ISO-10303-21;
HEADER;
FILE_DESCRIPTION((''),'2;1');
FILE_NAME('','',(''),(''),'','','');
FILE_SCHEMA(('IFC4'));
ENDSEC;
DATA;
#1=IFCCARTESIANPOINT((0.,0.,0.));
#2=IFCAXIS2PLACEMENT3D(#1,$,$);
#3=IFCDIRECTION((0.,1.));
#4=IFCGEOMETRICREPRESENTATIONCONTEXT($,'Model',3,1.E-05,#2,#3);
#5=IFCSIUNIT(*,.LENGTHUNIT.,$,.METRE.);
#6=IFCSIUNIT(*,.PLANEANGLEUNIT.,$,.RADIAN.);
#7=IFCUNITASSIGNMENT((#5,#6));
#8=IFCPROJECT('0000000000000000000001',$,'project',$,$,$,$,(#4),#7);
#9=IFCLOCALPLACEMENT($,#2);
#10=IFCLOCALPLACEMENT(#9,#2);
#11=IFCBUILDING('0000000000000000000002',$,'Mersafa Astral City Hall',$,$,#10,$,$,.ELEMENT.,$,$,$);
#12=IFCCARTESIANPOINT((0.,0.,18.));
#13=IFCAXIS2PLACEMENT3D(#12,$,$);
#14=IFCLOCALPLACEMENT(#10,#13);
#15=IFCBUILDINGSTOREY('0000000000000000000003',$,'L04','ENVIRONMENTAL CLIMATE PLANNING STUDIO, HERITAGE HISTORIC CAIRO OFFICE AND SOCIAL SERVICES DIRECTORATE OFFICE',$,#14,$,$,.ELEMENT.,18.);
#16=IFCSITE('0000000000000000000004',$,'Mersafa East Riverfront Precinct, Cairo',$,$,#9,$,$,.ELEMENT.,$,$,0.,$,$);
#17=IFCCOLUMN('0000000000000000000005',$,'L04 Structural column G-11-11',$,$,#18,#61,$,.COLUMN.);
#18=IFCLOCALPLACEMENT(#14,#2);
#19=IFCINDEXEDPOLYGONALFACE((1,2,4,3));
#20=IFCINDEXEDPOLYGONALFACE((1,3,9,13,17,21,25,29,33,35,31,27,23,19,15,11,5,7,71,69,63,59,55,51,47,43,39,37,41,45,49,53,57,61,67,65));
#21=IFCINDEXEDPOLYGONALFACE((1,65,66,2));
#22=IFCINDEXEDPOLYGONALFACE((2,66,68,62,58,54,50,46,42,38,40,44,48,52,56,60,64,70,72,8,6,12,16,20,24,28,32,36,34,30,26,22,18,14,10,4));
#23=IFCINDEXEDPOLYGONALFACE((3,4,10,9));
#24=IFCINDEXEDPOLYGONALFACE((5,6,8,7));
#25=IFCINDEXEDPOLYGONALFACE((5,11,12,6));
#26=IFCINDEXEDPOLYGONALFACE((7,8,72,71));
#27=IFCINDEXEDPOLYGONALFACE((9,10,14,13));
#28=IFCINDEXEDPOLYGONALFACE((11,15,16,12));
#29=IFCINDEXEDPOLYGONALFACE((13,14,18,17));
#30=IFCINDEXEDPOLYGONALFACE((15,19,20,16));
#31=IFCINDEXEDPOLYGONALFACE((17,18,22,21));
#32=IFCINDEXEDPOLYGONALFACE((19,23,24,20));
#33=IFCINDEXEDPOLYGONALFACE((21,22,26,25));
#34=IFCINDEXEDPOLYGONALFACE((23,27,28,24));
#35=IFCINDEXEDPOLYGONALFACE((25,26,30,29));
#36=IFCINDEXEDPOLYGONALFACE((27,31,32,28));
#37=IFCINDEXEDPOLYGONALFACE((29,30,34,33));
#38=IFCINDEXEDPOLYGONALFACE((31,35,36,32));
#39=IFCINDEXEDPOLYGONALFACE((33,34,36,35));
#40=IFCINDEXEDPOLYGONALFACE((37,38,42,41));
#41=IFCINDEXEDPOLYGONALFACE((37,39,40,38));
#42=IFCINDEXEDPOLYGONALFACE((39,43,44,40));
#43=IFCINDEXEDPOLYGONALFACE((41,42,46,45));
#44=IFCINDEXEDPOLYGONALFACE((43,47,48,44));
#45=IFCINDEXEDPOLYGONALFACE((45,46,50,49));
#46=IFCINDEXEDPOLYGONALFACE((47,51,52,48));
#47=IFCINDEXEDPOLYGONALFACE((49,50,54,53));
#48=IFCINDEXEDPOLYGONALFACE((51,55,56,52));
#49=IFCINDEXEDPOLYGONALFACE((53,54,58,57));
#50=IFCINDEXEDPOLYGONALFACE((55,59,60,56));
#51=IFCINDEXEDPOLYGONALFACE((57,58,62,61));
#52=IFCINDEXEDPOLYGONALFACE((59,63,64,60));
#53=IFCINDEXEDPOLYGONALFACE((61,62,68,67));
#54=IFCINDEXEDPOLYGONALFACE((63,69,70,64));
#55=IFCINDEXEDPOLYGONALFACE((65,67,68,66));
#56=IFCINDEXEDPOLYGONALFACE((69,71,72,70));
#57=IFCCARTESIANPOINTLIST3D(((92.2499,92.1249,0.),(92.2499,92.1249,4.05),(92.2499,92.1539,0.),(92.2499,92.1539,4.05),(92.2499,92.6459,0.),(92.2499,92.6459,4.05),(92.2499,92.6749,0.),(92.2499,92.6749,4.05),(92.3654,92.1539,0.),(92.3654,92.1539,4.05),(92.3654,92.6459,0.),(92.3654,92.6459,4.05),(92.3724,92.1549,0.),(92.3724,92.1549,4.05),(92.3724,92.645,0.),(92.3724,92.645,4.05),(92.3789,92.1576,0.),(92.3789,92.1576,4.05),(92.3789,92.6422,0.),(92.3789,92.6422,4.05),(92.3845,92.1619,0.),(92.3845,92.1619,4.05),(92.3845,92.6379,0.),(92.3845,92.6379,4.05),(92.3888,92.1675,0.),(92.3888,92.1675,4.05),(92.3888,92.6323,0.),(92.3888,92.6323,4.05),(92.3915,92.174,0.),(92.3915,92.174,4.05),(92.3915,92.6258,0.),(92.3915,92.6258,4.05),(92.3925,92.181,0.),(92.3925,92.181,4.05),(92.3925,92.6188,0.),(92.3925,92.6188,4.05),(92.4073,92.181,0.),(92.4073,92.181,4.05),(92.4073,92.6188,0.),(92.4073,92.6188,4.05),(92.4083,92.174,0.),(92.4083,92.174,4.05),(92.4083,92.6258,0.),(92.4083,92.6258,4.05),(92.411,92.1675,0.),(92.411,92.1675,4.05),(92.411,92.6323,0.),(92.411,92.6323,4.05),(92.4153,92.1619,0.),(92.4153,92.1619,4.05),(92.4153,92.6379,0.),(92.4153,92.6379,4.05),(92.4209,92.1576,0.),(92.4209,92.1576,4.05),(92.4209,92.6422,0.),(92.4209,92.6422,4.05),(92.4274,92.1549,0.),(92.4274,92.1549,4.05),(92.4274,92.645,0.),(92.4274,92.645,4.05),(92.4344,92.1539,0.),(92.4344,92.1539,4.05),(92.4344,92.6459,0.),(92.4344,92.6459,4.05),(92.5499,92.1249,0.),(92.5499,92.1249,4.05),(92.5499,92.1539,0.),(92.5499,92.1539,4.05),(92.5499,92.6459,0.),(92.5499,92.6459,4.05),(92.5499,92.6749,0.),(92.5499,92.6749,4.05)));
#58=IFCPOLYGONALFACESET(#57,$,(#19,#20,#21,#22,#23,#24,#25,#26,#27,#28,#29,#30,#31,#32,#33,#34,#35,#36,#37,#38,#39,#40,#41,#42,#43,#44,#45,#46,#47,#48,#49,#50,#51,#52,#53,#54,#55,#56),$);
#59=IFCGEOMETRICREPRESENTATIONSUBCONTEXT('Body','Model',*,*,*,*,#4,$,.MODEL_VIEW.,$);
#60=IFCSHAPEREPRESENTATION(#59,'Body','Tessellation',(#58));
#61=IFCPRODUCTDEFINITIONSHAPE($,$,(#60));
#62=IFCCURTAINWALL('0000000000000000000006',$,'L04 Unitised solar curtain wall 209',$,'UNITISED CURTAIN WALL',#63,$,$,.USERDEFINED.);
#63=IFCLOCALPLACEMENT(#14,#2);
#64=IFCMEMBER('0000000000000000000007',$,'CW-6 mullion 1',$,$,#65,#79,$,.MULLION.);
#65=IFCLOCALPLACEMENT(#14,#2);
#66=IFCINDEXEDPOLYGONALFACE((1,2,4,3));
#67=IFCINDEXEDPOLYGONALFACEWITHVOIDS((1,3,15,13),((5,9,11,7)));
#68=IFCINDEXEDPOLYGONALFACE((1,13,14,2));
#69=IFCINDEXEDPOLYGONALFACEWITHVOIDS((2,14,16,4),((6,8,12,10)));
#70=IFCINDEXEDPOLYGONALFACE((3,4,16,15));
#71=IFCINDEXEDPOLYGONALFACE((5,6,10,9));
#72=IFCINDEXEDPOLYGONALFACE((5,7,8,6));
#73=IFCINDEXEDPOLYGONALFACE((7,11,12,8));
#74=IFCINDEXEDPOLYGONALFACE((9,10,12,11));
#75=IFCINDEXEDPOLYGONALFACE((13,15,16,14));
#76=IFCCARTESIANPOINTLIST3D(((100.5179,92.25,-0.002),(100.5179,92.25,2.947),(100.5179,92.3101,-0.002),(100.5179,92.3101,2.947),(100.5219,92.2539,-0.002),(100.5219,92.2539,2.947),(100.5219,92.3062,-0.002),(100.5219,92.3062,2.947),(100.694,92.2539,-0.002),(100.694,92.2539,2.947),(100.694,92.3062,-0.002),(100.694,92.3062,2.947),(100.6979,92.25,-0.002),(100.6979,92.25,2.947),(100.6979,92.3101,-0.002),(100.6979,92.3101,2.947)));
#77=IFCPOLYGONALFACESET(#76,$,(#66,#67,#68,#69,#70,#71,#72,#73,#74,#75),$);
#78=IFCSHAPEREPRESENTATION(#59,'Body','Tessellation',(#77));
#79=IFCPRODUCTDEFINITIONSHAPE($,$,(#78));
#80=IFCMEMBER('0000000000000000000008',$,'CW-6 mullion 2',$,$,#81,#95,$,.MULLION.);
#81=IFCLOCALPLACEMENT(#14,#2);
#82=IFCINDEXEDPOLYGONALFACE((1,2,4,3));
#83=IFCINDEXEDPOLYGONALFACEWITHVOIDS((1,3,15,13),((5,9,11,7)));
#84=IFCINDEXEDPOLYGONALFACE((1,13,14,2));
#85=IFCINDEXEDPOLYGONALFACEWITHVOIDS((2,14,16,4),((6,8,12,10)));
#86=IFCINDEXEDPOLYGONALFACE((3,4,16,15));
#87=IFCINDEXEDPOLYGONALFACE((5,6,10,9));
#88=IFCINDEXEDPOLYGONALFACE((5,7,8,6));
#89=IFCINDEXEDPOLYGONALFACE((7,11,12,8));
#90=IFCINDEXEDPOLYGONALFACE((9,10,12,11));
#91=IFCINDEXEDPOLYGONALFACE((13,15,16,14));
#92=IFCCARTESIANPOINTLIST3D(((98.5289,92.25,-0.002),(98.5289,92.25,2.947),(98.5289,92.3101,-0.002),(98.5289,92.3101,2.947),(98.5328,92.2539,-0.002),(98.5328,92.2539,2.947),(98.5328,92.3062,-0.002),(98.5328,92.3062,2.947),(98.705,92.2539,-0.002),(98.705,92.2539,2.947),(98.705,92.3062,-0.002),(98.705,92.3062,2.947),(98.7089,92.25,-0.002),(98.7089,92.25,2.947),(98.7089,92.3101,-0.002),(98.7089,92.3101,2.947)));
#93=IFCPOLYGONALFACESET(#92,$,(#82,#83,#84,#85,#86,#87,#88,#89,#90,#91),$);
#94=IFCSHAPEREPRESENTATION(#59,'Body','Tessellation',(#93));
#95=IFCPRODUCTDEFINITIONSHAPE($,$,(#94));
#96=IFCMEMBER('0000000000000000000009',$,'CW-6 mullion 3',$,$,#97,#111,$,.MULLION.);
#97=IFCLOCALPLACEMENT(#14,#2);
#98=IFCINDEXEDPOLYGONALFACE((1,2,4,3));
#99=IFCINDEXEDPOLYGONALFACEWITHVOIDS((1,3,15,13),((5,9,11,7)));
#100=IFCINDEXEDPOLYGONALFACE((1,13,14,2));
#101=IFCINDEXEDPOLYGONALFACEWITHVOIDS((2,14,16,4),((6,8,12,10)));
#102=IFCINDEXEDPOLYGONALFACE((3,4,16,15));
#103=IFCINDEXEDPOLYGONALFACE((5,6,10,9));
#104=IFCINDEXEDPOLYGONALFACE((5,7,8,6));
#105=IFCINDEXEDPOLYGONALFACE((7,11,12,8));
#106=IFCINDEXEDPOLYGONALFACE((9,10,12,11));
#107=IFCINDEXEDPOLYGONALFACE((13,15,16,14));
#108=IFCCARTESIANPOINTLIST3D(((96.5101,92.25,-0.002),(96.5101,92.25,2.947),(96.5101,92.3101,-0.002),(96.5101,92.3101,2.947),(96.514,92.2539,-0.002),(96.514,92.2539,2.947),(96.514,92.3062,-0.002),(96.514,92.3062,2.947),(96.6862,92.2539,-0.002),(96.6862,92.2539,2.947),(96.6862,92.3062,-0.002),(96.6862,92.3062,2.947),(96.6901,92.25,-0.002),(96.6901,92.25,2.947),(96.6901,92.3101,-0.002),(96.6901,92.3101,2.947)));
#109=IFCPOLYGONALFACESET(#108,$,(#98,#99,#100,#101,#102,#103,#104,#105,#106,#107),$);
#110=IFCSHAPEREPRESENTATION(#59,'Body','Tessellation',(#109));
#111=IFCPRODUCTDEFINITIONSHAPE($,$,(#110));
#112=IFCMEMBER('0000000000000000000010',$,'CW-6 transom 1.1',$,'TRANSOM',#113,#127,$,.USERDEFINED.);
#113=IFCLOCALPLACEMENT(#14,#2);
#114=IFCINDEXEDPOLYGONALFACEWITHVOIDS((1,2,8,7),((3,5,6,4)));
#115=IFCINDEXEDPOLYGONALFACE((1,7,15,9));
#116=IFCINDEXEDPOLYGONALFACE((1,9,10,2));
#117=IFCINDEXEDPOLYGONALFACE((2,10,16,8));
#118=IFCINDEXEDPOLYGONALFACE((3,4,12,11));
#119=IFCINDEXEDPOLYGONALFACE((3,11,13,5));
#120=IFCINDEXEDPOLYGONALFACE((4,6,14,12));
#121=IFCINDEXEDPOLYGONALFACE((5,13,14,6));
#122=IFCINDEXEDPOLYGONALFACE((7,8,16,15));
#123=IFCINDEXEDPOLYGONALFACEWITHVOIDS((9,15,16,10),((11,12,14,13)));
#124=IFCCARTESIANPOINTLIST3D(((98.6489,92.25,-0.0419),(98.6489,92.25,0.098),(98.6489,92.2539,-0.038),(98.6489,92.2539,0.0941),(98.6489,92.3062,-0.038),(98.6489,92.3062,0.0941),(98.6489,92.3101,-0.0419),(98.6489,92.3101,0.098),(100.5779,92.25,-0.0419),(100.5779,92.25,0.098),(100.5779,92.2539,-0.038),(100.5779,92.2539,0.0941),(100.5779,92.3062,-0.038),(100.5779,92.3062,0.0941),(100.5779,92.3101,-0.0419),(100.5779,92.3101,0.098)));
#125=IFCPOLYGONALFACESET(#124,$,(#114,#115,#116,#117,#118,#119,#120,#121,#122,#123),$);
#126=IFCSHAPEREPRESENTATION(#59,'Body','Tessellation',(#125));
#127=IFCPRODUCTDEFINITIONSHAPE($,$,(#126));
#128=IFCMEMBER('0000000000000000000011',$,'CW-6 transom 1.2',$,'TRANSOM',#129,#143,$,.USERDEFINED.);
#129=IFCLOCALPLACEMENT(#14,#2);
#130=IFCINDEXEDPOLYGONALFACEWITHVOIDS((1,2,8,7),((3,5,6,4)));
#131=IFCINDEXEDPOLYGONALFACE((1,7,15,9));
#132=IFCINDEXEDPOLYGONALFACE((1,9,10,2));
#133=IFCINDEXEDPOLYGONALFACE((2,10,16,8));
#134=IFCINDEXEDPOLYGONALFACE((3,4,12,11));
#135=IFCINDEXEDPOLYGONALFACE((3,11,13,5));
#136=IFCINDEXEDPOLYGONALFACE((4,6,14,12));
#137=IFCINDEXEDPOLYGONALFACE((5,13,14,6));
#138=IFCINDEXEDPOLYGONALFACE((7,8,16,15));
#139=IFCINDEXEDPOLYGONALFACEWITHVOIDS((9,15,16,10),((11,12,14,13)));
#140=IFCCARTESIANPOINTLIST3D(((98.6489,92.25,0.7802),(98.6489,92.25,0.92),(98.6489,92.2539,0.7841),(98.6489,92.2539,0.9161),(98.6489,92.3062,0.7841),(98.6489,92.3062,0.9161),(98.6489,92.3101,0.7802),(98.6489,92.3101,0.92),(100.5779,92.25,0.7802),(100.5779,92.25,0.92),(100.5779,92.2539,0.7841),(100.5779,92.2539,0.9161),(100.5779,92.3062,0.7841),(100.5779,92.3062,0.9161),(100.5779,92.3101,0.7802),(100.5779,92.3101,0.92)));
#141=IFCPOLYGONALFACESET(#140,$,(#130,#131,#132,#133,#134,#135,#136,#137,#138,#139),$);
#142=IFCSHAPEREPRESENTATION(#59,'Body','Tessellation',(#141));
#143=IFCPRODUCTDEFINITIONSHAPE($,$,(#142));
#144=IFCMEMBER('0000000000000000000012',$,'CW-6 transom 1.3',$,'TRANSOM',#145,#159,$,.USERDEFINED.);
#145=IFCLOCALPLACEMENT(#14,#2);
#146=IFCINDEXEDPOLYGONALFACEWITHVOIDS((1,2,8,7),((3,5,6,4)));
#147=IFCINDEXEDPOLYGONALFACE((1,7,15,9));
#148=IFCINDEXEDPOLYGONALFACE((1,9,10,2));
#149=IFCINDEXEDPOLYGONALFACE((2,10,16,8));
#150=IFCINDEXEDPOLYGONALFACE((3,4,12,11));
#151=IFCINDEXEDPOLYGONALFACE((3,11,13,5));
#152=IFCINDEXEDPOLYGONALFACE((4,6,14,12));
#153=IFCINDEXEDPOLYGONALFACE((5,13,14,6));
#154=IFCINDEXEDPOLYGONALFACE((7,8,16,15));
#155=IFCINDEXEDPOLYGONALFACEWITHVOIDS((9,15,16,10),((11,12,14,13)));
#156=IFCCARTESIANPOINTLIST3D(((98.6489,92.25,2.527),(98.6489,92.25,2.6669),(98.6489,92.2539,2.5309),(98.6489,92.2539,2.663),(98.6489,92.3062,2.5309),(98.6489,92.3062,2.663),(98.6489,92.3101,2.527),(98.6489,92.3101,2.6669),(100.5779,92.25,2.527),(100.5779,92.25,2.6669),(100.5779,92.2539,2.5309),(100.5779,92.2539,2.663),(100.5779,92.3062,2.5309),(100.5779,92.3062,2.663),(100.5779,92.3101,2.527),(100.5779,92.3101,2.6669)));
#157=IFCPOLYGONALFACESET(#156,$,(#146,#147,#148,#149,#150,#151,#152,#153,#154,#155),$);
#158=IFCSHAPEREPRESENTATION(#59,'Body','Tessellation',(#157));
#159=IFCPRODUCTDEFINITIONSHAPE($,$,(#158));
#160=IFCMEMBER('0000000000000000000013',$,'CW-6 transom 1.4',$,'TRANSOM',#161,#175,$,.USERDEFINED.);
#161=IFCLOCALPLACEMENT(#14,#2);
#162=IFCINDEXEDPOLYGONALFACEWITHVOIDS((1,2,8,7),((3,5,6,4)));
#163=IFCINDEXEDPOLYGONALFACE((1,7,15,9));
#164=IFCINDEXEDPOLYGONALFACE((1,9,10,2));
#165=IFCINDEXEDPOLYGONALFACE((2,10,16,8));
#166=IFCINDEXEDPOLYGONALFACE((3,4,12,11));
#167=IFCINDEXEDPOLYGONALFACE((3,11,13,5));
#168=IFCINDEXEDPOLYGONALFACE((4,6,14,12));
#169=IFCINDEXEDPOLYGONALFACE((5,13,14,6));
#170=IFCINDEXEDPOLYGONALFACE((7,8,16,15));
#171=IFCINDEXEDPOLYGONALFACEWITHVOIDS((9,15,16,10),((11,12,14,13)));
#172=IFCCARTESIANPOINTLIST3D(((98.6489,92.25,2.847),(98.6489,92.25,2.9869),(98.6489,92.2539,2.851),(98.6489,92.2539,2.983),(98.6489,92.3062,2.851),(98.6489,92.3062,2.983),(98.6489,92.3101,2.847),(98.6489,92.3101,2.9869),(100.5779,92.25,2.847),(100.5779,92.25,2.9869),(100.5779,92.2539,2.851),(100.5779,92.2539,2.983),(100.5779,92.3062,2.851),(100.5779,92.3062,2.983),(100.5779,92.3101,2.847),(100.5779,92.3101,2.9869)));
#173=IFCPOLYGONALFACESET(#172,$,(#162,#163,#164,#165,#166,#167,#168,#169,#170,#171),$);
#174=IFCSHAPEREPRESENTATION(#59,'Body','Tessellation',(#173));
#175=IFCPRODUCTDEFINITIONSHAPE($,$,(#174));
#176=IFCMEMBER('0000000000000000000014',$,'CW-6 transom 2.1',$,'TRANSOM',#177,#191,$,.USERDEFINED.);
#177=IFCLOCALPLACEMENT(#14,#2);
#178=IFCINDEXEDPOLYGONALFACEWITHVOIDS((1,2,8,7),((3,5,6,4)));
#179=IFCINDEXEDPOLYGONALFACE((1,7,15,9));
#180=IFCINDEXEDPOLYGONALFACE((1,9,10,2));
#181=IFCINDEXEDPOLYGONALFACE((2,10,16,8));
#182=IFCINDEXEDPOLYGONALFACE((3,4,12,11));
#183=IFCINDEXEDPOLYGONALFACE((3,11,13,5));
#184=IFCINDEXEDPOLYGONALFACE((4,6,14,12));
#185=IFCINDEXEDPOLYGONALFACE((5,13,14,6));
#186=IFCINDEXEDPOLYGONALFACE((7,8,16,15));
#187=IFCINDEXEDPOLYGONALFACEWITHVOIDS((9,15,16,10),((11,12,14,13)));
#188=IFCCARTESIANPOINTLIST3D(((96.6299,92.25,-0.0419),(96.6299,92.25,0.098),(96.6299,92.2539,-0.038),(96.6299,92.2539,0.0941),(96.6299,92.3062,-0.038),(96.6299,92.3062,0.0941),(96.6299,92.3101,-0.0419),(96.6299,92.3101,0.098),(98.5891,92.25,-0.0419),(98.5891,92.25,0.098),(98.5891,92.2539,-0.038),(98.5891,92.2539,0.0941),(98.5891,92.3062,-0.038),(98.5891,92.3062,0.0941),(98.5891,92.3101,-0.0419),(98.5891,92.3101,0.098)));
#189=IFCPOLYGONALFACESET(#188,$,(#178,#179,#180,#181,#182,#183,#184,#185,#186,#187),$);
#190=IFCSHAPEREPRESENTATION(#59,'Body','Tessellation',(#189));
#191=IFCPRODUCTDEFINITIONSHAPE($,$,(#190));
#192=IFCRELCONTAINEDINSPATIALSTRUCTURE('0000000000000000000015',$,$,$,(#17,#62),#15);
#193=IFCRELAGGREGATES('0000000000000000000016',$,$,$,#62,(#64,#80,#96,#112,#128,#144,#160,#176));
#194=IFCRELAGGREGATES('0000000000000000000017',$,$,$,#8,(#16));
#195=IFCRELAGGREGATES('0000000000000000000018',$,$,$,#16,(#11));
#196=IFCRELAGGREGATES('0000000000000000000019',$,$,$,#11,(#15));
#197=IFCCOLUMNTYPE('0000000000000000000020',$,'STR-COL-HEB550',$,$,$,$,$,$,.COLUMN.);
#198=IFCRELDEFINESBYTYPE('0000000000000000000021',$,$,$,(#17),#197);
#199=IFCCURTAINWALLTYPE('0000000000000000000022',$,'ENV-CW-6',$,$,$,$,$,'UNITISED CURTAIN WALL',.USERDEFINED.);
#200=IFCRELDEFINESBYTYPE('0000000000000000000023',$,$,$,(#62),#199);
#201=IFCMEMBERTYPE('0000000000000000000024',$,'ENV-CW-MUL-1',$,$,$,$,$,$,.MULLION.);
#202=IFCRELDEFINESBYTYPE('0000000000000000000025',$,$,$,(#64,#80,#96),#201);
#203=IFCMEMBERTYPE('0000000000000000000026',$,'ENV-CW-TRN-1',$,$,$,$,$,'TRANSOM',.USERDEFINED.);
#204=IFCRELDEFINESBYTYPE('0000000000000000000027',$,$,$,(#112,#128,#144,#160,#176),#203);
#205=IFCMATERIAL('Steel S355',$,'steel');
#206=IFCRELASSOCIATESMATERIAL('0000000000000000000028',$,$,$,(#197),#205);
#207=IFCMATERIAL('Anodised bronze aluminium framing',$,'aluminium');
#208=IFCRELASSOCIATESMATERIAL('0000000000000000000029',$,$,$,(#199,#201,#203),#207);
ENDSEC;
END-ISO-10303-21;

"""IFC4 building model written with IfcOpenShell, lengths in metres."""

from ifc_helpers import new_model, si_unit, direction, frame, origin, origin_2d, place, context, subcontext, project, spatial, hollow_rectangle, i_section, extrude, material, material_profile, profile_set, type_object, element, aggregate, save


model = new_model("IFC4")

# Units and contexts
model_context = context("Model", 3, precision=1e-05, world=origin(), true_north=direction((0.0, 1.0)))
body_context = subcontext(model_context, "Body", "Model", "MODEL_VIEW")
ifc_project = project(units=[si_unit("LENGTHUNIT", "METRE"), si_unit("PLANEANGLEUNIT", "RADIAN")], contexts=[model_context])

# Site, building, storey
site_placement = place(None, origin())
site = spatial("IfcSite", under=ifc_project, at=site_placement, Name="Mersafa East Riverfront Precinct, Cairo", CompositionType="ELEMENT", RefElevation=0.0)
building_placement = place(site_placement, origin())
building = spatial("IfcBuilding", under=site, at=building_placement, Name="Mersafa Astral City Hall", CompositionType="ELEMENT")
storey_placement = place(building_placement, frame((0.0, 0.0, 18.0)))
storey = spatial("IfcBuildingStorey", under=building, at=storey_placement, Name="L04", Description="ENVIRONMENTAL CLIMATE PLANNING STUDIO, HERITAGE HISTORIC CAIRO OFFICE AND SOCIAL SERVICES DIRECTORATE OFFICE", CompositionType="ELEMENT", Elevation=18.0)

# Column
ifc_material_1 = material(Name="Steel S355", Category="steel")
ifc_material_profile_1 = material_profile(ifc_material_1, i_section(OverallWidth=0.3, OverallDepth=0.55, WebThickness=0.0149, FlangeThickness=0.0291, FilletRadius=0.0271, at=origin_2d()), Name="HEB 550")
ifc_profile_set_1 = profile_set([ifc_material_profile_1], Name="Steel S355")
column_type = type_object("IfcColumnType", Name="STR-COL-HEB550", PredefinedType="COLUMN", material=ifc_profile_set_1)
column_placement = place(storey_placement, frame((92.3999, 92.3999, 0.0), z_axis=(0.0, 0.0, 1.0), x_axis=(1.0, 0.0, 0.0)))
element("IfcColumn", 1, at=column_placement, inside=storey, type_object=column_type, Name="L04 Structural column G-11-11", PredefinedType="COLUMN", context=body_context, shape_type="SweptSolid", body=[
    extrude(i_section(OverallWidth=0.3, OverallDepth=0.55, WebThickness=0.0149, FlangeThickness=0.0291, FilletRadius=0.0271, at=origin_2d()), origin(), (0.0, 0.0, 1.0), 4.05),
])

# Curtain wall, members
ifc_material_2 = material(Name="Anodised bronze aluminium framing", Category="aluminium")
curtain_wall_type = type_object("IfcCurtainWallType", Name="ENV-CW-6", ElementType="UNITISED CURTAIN WALL", PredefinedType="USERDEFINED", material=ifc_material_2)
curtain_wall_placement = place(storey_placement, origin())
curtain_wall = element("IfcCurtainWall", 2, at=curtain_wall_placement, inside=storey, type_object=curtain_wall_type, Name="L04 Unitised solar curtain wall 209", ObjectType="UNITISED CURTAIN WALL", PredefinedType="USERDEFINED")
ifc_material_profile_2 = material_profile(ifc_material_2, hollow_rectangle(XDim=0.0601, YDim=0.1799, WallThickness=0.0039, at=origin_2d()), Name="RHS 60x180x4")
ifc_profile_set_2 = profile_set([ifc_material_profile_2], Name="Anodised bronze aluminium framing")
member_type_1 = type_object("IfcMemberType", Name="ENV-CW-MUL-1", PredefinedType="MULLION", material=ifc_profile_set_2)
member_1_placement = place(storey_placement, frame((100.6079, 92.28, -0.002), z_axis=(0.0, 0.0, 1.0), x_axis=(0.0, -1.0, 0.0)))
member_1 = element("IfcMember", 3, at=member_1_placement, type_object=member_type_1, Name="CW-6 mullion 1", PredefinedType="MULLION", context=body_context, shape_type="SweptSolid", body=[
    extrude(hollow_rectangle(XDim=0.0601, YDim=0.1799, WallThickness=0.0039, at=origin_2d()), origin(), (0.0, 0.0, 1.0), 2.949),
])
member_2_placement = place(storey_placement, frame((98.6189, 92.28, -0.002), z_axis=(0.0, 0.0, 1.0), x_axis=(0.0, -1.0, 0.0)))
member_2 = element("IfcMember", 4, at=member_2_placement, type_object=member_type_1, Name="CW-6 mullion 2", PredefinedType="MULLION", context=body_context, shape_type="SweptSolid", body=[
    extrude(hollow_rectangle(XDim=0.0601, YDim=0.1799, WallThickness=0.0039, at=origin_2d()), origin(), (0.0, 0.0, 1.0), 2.949),
])
member_3_placement = place(storey_placement, frame((96.6001, 92.28, -0.002), z_axis=(0.0, 0.0, 1.0), x_axis=(0.0, -1.0, 0.0)))
member_3 = element("IfcMember", 5, at=member_3_placement, type_object=member_type_1, Name="CW-6 mullion 3", PredefinedType="MULLION", context=body_context, shape_type="SweptSolid", body=[
    extrude(hollow_rectangle(XDim=0.0601, YDim=0.1799, WallThickness=0.0039, at=origin_2d()), origin(), (0.0, 0.0, 1.0), 2.949),
])
ifc_material_profile_3 = material_profile(ifc_material_2, hollow_rectangle(XDim=0.0601, YDim=0.1399, WallThickness=0.0039, at=origin_2d()), Name="RHS 60x140x4")
ifc_profile_set_3 = profile_set([ifc_material_profile_3], Name="Anodised bronze aluminium framing")
member_type_2 = type_object("IfcMemberType", Name="ENV-CW-TRN-1", ElementType="TRANSOM", PredefinedType="USERDEFINED", material=ifc_profile_set_3)
member_4_placement = place(storey_placement, frame((100.5779, 92.28, 0.0281), z_axis=(-1.0, 0.0, 0.0), x_axis=(0.0, -1.0, 0.0)))
member_4 = element("IfcMember", 6, at=member_4_placement, type_object=member_type_2, Name="CW-6 transom 1.1", ObjectType="TRANSOM", PredefinedType="USERDEFINED", context=body_context, shape_type="SweptSolid", body=[
    extrude(hollow_rectangle(XDim=0.0601, YDim=0.1399, WallThickness=0.0039, at=origin_2d()), origin(), (0.0, 0.0, 1.0), 1.929),
])
member_5_placement = place(storey_placement, frame((100.5779, 92.28, 0.8501), z_axis=(-1.0, 0.0, 0.0), x_axis=(0.0, -1.0, 0.0)))
member_5 = element("IfcMember", 7, at=member_5_placement, type_object=member_type_2, Name="CW-6 transom 1.2", ObjectType="TRANSOM", PredefinedType="USERDEFINED", context=body_context, shape_type="SweptSolid", body=[
    extrude(hollow_rectangle(XDim=0.0601, YDim=0.1399, WallThickness=0.0039, at=origin_2d()), origin(), (0.0, 0.0, 1.0), 1.929),
])
member_6_placement = place(storey_placement, frame((100.5779, 92.28, 2.5969), z_axis=(-1.0, 0.0, 0.0), x_axis=(0.0, -1.0, 0.0)))
member_6 = element("IfcMember", 8, at=member_6_placement, type_object=member_type_2, Name="CW-6 transom 1.3", ObjectType="TRANSOM", PredefinedType="USERDEFINED", context=body_context, shape_type="SweptSolid", body=[
    extrude(hollow_rectangle(XDim=0.0601, YDim=0.1399, WallThickness=0.0039, at=origin_2d()), origin(), (0.0, 0.0, 1.0), 1.929),
])
member_7_placement = place(storey_placement, frame((100.5779, 92.28, 2.917), z_axis=(-1.0, 0.0, 0.0), x_axis=(0.0, -1.0, 0.0)))
member_7 = element("IfcMember", 9, at=member_7_placement, type_object=member_type_2, Name="CW-6 transom 1.4", ObjectType="TRANSOM", PredefinedType="USERDEFINED", context=body_context, shape_type="SweptSolid", body=[
    extrude(hollow_rectangle(XDim=0.0601, YDim=0.1399, WallThickness=0.0039, at=origin_2d()), origin(), (0.0, 0.0, 1.0), 1.929),
])
member_8_placement = place(storey_placement, frame((98.5891, 92.28, 0.0281), z_axis=(-1.0, 0.0, 0.0), x_axis=(0.0, -1.0, 0.0)))
member_8 = element("IfcMember", 10, at=member_8_placement, type_object=member_type_2, Name="CW-6 transom 2.1", ObjectType="TRANSOM", PredefinedType="USERDEFINED", context=body_context, shape_type="SweptSolid", body=[
    extrude(hollow_rectangle(XDim=0.0601, YDim=0.1399, WallThickness=0.0039, at=origin_2d()), origin(), (0.0, 0.0, 1.0), 1.9592),
])

aggregate(curtain_wall, [member_1, member_2, member_3, member_4, member_5, member_6, member_7, member_8])

save(model, "model.ifc")
